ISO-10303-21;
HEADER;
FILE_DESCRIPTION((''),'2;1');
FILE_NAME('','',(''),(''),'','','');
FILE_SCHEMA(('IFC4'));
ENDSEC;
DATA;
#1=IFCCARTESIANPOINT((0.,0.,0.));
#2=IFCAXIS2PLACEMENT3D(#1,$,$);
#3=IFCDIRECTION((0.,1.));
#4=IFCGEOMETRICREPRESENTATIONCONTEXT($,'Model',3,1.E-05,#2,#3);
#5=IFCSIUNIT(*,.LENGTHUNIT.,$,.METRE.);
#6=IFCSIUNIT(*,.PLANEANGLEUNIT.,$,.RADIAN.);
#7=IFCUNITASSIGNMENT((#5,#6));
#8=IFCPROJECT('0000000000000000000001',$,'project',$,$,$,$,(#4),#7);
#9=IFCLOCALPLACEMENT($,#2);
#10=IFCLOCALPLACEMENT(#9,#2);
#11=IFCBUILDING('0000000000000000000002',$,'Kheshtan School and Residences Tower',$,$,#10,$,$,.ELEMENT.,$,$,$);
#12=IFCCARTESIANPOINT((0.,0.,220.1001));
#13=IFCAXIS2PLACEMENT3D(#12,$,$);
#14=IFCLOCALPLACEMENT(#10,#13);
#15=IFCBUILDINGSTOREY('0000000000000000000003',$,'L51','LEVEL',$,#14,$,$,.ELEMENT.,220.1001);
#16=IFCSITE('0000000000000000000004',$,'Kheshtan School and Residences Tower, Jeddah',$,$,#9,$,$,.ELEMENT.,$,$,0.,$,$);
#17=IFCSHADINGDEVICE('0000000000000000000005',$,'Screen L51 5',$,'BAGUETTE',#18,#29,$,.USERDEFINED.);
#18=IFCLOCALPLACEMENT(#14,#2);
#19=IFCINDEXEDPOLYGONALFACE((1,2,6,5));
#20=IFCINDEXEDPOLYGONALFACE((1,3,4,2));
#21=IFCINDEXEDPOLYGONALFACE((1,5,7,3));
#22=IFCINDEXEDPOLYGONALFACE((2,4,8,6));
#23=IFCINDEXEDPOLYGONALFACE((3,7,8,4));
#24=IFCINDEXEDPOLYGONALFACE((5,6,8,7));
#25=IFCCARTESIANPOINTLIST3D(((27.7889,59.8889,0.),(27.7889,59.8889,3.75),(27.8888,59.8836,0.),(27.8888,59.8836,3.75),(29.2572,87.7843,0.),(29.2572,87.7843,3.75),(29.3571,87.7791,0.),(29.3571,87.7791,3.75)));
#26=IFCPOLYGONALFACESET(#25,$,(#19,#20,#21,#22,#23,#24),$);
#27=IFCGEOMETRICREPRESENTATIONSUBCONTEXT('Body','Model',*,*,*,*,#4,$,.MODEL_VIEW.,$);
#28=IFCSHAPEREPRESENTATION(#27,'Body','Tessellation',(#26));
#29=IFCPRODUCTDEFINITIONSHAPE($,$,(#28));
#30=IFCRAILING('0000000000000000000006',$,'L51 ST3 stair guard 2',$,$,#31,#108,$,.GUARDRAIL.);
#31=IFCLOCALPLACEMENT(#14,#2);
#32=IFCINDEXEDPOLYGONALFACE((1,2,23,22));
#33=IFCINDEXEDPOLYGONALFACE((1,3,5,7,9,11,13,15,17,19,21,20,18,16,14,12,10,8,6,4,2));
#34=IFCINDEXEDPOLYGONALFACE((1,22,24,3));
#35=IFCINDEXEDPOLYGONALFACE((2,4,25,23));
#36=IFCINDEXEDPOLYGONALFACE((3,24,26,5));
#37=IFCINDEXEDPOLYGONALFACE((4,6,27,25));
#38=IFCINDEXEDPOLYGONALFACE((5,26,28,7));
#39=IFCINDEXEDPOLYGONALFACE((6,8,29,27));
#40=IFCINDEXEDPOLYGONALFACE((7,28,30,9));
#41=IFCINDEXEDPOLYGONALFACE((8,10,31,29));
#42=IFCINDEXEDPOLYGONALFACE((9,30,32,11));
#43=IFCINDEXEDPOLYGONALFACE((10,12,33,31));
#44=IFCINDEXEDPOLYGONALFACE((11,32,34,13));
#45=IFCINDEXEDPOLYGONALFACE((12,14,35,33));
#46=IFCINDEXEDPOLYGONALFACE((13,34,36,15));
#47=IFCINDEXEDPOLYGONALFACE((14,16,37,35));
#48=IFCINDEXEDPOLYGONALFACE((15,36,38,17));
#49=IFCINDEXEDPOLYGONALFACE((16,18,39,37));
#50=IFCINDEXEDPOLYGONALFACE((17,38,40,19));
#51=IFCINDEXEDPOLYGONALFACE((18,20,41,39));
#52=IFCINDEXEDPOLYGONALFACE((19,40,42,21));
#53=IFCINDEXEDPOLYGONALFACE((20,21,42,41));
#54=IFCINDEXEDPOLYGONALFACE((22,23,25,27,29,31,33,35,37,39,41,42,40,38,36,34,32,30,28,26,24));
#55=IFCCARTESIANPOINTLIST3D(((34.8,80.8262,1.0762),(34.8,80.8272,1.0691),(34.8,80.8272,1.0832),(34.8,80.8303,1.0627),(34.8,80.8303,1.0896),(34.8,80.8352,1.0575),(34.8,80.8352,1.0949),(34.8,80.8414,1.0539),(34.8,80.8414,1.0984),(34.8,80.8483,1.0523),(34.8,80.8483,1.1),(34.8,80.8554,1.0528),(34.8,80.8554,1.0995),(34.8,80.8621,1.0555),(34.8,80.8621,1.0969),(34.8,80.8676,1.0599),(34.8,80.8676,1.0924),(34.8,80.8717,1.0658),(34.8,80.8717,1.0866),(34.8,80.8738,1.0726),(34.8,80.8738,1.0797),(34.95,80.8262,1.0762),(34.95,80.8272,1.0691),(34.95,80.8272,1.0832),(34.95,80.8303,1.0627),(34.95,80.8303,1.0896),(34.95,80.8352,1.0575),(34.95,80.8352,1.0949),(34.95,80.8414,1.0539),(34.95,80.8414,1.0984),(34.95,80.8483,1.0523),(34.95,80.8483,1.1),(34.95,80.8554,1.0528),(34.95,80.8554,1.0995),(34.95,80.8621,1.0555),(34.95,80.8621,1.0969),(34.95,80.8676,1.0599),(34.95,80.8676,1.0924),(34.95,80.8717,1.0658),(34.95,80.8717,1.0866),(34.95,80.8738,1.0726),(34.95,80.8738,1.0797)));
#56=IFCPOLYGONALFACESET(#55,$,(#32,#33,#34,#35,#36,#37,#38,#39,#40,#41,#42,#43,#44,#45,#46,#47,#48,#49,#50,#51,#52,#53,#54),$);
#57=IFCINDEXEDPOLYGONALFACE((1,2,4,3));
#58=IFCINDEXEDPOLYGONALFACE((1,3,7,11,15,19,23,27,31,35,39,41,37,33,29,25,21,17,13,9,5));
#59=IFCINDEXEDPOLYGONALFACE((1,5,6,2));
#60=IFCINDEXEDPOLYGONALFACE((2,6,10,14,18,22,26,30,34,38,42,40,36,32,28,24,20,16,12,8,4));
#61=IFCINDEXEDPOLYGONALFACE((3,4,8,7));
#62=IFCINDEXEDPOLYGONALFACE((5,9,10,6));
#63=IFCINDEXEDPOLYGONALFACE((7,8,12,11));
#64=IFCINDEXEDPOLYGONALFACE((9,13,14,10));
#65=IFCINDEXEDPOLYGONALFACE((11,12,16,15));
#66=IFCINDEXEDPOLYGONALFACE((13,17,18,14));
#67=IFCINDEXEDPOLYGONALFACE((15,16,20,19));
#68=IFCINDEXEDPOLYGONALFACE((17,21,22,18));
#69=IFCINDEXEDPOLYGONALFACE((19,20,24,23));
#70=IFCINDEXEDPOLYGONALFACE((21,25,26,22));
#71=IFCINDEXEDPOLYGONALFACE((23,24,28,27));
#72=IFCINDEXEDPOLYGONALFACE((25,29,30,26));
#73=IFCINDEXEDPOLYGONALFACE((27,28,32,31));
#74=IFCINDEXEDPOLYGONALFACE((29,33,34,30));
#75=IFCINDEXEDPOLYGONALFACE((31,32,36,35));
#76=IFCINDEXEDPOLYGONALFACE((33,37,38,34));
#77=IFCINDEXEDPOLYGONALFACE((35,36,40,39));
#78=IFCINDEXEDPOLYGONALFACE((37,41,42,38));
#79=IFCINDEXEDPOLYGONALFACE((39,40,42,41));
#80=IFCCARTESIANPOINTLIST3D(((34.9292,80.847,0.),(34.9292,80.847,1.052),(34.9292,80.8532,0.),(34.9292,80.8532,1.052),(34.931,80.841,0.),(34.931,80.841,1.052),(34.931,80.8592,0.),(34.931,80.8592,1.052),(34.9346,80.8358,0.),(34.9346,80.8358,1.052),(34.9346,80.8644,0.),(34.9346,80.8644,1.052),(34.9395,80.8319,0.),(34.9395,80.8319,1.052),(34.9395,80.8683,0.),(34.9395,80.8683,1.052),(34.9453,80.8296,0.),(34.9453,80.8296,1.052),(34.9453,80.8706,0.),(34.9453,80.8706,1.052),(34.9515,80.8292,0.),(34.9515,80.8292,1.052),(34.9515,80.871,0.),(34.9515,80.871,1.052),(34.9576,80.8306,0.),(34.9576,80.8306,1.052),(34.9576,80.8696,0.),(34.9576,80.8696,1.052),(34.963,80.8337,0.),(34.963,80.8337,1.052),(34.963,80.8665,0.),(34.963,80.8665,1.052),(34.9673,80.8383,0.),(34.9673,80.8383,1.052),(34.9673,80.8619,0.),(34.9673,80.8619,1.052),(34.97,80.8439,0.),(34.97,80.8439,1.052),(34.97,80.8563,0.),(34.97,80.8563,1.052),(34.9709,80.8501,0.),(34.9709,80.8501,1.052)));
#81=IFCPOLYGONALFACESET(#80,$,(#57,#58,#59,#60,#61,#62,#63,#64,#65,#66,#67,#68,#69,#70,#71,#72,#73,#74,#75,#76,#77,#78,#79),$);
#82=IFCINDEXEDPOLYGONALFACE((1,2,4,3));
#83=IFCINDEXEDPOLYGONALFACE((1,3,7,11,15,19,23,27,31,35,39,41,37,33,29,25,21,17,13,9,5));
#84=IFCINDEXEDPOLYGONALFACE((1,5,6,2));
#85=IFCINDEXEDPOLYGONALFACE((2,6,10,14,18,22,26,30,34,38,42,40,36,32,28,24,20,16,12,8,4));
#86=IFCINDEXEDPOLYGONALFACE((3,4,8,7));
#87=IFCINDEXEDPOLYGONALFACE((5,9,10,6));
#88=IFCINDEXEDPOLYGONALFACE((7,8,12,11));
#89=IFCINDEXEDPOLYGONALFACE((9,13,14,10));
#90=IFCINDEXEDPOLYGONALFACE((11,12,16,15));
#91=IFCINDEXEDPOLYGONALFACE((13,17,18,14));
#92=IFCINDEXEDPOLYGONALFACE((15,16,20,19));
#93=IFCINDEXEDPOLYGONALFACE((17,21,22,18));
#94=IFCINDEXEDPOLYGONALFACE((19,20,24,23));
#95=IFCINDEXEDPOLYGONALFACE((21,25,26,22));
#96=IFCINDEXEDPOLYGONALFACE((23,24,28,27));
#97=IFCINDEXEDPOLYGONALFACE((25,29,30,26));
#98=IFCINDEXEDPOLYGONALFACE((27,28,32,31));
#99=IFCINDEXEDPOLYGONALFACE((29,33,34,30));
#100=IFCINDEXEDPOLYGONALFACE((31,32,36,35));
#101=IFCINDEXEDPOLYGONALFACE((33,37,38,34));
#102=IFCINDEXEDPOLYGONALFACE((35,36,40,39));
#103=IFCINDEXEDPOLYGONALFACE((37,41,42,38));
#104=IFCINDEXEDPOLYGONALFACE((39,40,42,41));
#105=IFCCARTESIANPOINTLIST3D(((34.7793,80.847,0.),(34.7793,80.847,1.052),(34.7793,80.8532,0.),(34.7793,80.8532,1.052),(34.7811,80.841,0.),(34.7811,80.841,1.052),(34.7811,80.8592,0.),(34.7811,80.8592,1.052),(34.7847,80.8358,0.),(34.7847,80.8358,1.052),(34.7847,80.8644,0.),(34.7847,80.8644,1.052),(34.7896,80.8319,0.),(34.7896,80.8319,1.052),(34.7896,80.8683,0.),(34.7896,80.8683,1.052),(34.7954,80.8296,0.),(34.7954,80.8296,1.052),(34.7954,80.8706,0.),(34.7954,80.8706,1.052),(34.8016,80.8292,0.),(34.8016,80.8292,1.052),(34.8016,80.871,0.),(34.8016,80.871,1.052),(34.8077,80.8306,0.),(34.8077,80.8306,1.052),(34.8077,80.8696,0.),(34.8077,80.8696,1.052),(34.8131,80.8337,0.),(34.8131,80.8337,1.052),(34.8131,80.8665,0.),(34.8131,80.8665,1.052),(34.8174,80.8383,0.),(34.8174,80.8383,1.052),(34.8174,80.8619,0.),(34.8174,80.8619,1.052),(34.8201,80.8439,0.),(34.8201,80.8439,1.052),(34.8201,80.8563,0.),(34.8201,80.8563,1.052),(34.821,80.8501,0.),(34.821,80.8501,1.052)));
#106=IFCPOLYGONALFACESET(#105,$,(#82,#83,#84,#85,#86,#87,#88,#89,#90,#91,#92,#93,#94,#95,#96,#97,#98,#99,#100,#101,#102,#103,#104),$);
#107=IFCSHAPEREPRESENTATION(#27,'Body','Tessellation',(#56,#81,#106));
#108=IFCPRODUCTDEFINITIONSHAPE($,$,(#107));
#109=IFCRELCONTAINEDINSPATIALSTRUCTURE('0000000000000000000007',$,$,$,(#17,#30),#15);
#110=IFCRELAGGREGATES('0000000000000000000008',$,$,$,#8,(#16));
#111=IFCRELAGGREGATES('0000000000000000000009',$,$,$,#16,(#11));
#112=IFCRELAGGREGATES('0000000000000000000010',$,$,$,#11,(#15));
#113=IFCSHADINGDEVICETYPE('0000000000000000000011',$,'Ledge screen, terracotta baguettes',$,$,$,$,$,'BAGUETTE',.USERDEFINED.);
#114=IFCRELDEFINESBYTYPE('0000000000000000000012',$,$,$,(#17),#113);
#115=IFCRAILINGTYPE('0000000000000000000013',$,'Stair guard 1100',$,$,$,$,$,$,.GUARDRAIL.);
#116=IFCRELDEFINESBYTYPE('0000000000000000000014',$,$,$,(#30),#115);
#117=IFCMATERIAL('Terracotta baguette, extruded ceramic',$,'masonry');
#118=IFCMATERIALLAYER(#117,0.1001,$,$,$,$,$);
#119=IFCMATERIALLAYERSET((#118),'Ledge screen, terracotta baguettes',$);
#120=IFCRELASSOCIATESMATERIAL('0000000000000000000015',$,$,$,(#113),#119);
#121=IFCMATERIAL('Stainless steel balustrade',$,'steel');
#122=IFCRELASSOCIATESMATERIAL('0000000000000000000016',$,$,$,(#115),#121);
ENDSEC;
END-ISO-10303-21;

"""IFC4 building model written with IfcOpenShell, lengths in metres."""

from ifc_helpers import new_model, si_unit, direction, frame, origin, origin_2d, place, context, subcontext, project, spatial, rectangle, circle, extrude, material, layer, layer_set, type_object, element, save


model = new_model("IFC4")

# Units and contexts
model_context = context("Model", 3, precision=1e-05, world=origin(), true_north=direction((0.0, 1.0)))
body_context = subcontext(model_context, "Body", "Model", "MODEL_VIEW")
ifc_project = project(units=[si_unit("LENGTHUNIT", "METRE"), si_unit("PLANEANGLEUNIT", "RADIAN")], contexts=[model_context])

# Site, building, storey
site_placement = place(None, origin())
site = spatial("IfcSite", under=ifc_project, at=site_placement, Name="Kheshtan School and Residences Tower, Jeddah", CompositionType="ELEMENT", RefElevation=0.0)
building_placement = place(site_placement, origin())
building = spatial("IfcBuilding", under=site, at=building_placement, Name="Kheshtan School and Residences Tower", CompositionType="ELEMENT")
storey_placement = place(building_placement, frame((0.0, 0.0, 220.1001)))
storey = spatial("IfcBuildingStorey", under=building, at=storey_placement, Name="L51", Description="LEVEL", CompositionType="ELEMENT", Elevation=220.1001)

# Shading device
ifc_material_1 = material(Name="Terracotta baguette, extruded ceramic", Category="masonry")
ifc_layer_1 = layer(ifc_material_1, 0.1001)
ifc_layer_set_1 = layer_set([ifc_layer_1], Name="Ledge screen, terracotta baguettes")
shading_device_type = type_object("IfcShadingDeviceType", Name="Ledge screen, terracotta baguettes", ElementType="BAGUETTE", PredefinedType="USERDEFINED", material=ifc_layer_set_1)
shading_device_placement = place(storey_placement, frame((28.573, 73.834, 0.0), z_axis=(0.0, 0.0, 1.0), x_axis=(0.052563, 0.998618, 0.0)))
element("IfcShadingDevice", 1, at=shading_device_placement, inside=storey, type_object=shading_device_type, Name="Screen L51 5", ObjectType="BAGUETTE", PredefinedType="USERDEFINED", context=body_context, shape_type="SweptSolid", body=[
    extrude(rectangle(XDim=27.9341, YDim=0.1001, at=origin_2d()), origin(), (0.0, 0.0, 1.0), 3.75),
])

# Railing
ifc_material_2 = material(Name="Stainless steel balustrade", Category="steel")
railing_type = type_object("IfcRailingType", Name="Stair guard 1100", PredefinedType="GUARDRAIL", material=ifc_material_2)
railing_placement = place(storey_placement, frame((34.95, 80.8501, 0.0)))
element("IfcRailing", 2, at=railing_placement, inside=storey, type_object=railing_type, Name="L51 ST3 stair guard 2", PredefinedType="GUARDRAIL", context=body_context, shape_type="SweptSolid", body=[
    extrude(circle(Radius=0.0239, at=origin_2d()), frame((0.0, 0.0, 1.0762), z_axis=(-1.0, 0.0, 0.0), x_axis=(0.0, -1.0, 0.0)), (0.0, 0.0, 1.0), 0.1499),
    extrude(circle(Radius=0.021, at=origin_2d()), origin(), (0.0, 0.0, 1.0), 1.052),
    extrude(circle(Radius=0.021, at=origin_2d()), frame((-0.1499, 0.0, 0.0)), (0.0, 0.0, 1.0), 1.052),
])

save(model, "model.ifc")
